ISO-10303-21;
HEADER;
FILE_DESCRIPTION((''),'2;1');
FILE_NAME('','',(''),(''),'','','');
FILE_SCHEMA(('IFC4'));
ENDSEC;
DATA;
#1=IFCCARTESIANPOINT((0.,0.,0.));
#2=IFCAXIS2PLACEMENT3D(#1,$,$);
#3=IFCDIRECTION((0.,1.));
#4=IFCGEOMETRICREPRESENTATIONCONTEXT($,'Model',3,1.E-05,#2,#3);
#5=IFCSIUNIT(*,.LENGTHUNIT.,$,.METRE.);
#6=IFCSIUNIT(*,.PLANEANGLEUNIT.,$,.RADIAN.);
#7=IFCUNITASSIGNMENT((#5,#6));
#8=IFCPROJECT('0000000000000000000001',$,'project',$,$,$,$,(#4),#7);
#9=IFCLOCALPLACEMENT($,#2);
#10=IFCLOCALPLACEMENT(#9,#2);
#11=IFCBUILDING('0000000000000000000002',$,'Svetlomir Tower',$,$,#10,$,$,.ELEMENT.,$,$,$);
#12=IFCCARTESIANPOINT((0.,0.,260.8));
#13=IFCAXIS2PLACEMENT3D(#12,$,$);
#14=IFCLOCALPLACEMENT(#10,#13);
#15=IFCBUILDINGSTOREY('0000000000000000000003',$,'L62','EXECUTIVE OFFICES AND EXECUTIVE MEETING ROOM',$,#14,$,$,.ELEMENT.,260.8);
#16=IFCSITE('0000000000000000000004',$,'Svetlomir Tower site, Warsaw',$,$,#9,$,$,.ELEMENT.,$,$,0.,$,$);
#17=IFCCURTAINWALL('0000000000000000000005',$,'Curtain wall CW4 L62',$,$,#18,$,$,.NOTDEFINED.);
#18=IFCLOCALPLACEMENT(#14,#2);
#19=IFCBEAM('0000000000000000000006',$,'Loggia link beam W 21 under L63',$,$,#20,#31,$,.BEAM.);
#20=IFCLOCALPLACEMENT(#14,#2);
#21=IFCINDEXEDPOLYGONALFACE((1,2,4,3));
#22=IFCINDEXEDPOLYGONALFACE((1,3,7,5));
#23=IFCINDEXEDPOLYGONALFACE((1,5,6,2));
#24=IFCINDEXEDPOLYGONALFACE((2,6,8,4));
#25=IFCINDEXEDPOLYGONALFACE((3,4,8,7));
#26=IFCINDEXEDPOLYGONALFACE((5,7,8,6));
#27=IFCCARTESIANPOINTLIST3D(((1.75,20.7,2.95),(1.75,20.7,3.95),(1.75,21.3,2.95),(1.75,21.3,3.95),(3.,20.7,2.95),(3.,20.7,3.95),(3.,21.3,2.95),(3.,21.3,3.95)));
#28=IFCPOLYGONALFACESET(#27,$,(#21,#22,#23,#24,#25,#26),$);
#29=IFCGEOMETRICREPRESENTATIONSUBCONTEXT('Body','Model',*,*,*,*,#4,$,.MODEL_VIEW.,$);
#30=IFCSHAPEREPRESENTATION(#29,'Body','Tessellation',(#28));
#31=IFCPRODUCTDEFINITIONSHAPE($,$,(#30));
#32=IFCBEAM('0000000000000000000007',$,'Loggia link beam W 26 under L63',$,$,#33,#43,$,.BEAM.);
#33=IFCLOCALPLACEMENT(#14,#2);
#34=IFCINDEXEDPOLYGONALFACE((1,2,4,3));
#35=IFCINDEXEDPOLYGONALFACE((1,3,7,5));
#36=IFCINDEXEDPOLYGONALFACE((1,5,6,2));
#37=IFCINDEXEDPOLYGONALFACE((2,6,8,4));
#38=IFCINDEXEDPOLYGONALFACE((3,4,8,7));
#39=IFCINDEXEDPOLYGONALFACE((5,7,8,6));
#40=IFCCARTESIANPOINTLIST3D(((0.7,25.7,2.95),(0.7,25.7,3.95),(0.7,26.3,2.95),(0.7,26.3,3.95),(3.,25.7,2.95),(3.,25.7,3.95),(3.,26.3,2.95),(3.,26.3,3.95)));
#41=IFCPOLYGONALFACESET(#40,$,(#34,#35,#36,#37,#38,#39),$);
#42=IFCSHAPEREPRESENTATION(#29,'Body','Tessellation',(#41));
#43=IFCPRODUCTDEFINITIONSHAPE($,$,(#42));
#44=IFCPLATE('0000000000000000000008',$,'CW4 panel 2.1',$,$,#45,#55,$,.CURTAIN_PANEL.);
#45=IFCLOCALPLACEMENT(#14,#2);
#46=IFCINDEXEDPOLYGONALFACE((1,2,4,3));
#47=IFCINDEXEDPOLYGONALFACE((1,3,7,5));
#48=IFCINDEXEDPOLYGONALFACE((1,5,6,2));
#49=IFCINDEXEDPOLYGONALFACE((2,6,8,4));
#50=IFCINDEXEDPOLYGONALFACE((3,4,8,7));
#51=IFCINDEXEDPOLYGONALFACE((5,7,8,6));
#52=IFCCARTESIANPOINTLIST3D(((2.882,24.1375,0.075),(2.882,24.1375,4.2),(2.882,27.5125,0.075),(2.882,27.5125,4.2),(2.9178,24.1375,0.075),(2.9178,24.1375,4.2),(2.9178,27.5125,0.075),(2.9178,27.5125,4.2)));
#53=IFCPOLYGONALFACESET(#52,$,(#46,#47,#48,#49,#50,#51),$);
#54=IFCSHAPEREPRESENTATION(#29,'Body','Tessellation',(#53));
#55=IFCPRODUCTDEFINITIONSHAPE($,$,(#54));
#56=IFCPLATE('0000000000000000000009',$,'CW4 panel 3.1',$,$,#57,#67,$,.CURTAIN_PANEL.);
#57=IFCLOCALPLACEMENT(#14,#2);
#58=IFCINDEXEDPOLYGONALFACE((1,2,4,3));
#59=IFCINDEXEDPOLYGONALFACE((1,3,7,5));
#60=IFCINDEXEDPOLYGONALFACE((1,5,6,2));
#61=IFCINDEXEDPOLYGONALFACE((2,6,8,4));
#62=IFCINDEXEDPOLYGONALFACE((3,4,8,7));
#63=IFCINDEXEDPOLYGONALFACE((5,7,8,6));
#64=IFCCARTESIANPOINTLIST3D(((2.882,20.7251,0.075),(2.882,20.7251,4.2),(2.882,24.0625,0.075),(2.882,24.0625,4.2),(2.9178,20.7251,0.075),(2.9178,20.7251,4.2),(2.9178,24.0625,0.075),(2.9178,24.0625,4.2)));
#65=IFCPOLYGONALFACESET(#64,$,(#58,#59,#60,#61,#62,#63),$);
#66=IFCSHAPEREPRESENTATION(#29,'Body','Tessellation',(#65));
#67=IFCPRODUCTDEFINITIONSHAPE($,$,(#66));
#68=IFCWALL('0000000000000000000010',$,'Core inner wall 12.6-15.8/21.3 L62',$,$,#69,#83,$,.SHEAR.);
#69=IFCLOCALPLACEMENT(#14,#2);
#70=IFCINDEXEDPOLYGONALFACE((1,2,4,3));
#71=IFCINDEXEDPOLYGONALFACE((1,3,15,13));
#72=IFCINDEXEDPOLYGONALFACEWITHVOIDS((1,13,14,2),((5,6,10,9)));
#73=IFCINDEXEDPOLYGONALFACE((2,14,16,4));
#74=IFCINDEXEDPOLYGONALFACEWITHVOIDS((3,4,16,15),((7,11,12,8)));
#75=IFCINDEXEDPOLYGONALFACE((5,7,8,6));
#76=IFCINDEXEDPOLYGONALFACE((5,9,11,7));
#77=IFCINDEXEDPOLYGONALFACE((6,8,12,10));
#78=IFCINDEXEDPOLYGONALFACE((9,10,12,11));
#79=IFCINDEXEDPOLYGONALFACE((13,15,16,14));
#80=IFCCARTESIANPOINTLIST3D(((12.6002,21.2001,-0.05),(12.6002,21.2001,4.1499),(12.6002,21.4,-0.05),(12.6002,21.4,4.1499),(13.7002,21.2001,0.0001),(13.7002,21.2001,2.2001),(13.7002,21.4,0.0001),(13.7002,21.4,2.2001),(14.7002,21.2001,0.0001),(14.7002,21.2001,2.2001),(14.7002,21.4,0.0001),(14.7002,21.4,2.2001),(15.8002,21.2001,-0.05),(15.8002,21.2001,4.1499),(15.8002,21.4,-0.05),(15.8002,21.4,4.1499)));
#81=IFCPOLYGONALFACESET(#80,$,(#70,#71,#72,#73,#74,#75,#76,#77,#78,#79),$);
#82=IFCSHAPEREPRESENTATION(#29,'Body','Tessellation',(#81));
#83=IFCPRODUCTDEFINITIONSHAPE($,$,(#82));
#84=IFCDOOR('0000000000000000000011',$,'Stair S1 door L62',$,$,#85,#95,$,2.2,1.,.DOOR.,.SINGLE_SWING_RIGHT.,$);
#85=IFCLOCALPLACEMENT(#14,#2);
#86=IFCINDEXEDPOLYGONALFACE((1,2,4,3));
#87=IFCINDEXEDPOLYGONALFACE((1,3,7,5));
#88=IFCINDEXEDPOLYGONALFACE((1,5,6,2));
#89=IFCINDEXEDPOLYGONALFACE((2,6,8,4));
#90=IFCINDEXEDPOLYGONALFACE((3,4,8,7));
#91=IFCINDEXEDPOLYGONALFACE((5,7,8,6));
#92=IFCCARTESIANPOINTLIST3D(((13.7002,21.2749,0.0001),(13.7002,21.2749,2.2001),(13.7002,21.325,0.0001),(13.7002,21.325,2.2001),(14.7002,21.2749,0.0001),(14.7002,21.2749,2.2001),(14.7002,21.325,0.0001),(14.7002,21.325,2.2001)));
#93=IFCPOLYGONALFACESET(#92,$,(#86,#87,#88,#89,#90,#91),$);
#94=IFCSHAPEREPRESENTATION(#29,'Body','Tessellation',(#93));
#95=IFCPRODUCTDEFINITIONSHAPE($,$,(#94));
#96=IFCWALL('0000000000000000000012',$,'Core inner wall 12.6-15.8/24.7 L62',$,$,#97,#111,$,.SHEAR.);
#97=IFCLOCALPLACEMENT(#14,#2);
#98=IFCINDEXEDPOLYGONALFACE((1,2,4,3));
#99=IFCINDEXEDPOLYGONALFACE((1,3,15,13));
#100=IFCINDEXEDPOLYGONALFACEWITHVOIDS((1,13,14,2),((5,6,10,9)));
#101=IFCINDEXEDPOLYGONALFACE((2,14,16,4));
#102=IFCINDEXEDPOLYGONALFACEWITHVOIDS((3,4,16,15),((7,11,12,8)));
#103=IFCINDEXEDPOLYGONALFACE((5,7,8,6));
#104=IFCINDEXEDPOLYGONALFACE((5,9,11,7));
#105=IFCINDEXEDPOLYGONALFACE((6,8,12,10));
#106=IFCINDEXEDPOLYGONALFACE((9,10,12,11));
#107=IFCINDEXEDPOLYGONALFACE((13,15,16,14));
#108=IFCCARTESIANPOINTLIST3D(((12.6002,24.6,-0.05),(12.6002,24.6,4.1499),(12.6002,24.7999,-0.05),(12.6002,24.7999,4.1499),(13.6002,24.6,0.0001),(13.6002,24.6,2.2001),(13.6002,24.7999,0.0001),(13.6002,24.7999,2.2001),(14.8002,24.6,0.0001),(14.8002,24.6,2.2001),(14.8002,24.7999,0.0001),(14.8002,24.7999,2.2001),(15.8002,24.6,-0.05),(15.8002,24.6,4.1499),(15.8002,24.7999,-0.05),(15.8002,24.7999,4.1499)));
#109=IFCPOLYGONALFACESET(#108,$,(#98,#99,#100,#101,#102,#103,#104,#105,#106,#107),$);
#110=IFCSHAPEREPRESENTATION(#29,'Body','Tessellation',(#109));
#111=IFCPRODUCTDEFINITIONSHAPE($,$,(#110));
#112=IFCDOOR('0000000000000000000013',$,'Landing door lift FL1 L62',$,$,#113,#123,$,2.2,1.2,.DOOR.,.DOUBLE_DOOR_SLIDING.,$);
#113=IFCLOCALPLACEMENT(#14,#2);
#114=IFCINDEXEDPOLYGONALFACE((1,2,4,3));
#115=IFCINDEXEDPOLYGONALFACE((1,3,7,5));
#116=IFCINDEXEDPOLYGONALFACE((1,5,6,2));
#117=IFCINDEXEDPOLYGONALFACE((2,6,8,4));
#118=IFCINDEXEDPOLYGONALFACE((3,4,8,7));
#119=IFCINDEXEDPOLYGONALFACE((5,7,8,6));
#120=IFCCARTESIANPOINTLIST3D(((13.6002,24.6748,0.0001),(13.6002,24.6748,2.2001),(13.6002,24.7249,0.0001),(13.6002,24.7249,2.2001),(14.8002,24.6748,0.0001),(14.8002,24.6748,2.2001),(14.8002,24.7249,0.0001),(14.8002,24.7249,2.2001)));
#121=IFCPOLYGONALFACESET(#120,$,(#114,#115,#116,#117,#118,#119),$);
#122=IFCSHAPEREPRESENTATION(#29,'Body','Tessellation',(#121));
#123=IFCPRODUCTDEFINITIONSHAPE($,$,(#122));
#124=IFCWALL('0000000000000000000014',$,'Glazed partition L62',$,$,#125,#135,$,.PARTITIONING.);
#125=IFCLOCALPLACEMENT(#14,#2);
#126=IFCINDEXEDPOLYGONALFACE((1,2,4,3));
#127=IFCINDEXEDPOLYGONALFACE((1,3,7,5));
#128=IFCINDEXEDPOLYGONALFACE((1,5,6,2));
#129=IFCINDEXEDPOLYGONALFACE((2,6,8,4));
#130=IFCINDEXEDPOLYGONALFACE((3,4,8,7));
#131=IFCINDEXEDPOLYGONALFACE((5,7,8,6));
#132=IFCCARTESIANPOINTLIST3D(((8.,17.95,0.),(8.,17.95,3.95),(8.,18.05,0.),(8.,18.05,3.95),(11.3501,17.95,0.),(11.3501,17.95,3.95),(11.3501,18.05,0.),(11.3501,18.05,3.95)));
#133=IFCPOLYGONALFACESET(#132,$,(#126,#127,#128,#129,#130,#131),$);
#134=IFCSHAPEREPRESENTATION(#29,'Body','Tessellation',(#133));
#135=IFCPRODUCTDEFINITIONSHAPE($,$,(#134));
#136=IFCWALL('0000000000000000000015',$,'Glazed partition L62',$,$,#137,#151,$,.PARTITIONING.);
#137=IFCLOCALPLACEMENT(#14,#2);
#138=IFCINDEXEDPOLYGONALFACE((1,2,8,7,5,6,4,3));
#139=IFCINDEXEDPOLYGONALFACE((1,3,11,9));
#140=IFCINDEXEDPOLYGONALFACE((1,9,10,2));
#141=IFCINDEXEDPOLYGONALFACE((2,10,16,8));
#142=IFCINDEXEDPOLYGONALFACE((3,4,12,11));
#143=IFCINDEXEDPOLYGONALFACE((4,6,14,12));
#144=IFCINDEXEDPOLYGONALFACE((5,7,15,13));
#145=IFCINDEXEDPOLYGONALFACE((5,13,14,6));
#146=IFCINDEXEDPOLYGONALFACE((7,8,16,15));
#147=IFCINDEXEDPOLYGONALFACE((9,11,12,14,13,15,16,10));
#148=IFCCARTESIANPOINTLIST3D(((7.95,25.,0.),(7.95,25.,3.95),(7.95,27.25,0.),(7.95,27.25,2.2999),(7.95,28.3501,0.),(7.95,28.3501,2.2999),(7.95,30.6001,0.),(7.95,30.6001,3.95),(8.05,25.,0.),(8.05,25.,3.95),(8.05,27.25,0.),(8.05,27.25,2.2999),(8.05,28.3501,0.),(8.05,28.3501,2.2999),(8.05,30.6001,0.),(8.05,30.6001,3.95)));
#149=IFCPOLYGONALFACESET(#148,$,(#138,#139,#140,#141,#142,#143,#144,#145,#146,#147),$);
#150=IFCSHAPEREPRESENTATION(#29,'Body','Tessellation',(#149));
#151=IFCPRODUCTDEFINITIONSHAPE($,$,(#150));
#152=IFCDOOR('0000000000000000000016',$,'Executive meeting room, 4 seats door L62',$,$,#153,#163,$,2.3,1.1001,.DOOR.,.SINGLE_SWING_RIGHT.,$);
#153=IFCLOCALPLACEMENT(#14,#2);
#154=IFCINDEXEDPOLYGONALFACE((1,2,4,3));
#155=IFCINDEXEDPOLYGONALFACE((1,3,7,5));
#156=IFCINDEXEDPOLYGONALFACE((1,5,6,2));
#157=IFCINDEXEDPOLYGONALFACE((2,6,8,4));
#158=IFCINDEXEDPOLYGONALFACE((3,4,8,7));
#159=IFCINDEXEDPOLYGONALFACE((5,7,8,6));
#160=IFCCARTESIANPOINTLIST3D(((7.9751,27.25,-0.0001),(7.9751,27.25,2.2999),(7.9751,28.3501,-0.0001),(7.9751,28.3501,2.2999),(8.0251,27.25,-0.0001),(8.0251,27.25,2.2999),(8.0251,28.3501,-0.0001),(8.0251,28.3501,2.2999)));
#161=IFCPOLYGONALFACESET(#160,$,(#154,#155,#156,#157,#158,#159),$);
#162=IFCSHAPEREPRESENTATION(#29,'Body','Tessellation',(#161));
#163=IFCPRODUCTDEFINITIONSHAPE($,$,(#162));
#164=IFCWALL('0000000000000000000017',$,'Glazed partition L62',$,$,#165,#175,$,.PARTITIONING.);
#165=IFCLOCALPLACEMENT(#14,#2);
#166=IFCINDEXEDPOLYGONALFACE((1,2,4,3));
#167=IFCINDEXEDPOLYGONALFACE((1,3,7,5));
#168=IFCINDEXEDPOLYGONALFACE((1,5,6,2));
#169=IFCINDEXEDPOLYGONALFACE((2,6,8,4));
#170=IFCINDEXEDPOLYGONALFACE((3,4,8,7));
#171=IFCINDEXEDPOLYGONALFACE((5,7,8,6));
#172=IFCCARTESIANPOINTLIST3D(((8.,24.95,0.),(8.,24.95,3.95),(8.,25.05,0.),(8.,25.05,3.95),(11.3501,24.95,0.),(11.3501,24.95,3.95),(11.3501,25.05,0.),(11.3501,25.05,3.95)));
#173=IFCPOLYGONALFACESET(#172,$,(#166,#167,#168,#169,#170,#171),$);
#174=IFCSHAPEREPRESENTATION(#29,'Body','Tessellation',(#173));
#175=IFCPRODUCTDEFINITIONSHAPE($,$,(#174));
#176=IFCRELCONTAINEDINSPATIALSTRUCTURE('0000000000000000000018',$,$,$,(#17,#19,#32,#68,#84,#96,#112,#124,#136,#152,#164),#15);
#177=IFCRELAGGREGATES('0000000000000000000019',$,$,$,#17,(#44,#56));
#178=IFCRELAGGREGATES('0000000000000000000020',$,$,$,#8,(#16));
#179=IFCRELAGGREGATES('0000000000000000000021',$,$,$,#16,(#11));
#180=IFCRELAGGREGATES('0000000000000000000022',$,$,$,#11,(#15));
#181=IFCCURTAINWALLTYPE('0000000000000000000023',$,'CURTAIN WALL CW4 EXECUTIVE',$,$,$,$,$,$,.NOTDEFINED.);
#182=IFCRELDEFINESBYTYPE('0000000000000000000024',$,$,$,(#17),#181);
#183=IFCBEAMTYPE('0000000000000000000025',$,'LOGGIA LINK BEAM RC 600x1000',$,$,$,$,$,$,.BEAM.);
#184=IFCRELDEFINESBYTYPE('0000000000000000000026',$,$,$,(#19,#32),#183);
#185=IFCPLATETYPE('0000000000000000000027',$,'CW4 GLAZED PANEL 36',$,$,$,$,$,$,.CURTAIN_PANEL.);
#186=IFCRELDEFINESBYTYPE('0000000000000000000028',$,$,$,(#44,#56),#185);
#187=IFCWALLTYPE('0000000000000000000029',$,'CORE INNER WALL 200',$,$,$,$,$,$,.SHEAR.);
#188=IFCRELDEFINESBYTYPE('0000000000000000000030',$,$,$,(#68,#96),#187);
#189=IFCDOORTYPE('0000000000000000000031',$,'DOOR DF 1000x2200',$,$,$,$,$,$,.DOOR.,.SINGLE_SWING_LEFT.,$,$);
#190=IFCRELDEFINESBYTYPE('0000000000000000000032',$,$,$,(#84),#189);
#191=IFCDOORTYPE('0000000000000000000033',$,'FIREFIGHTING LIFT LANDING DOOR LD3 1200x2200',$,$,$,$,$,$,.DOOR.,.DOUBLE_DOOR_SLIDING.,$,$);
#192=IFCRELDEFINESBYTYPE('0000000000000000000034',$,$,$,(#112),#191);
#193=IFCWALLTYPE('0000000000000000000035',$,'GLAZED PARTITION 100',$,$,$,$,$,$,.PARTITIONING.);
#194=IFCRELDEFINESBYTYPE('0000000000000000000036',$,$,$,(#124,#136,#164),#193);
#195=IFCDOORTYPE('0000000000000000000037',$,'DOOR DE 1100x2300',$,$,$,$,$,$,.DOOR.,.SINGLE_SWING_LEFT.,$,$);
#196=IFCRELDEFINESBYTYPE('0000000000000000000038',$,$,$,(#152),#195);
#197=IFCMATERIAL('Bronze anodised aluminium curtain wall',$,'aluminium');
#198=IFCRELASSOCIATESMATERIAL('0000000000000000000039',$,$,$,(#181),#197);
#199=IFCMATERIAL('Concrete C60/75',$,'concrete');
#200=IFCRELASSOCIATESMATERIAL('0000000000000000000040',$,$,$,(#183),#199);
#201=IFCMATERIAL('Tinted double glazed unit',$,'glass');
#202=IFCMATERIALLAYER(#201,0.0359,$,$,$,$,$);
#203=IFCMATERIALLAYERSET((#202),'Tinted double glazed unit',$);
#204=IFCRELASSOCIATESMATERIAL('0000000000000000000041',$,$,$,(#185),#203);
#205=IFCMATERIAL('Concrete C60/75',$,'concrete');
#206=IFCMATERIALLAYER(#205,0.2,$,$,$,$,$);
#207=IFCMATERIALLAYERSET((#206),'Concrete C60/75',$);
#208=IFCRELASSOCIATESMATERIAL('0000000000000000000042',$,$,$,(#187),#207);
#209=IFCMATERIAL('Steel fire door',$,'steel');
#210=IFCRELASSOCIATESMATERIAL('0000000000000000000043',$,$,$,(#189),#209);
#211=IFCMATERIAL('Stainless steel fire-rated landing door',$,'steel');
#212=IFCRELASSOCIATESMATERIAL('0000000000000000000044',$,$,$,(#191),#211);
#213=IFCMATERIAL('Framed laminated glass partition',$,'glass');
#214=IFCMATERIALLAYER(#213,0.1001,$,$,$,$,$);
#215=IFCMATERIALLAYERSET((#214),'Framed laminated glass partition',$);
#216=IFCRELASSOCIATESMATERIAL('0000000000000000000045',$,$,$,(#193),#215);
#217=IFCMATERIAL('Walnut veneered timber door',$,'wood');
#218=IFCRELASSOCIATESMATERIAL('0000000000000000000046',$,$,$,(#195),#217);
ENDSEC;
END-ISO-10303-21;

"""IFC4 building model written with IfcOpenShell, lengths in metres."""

from ifc_helpers import new_model, si_unit, direction, frame, frame_2d, origin, origin_2d, place, context, subcontext, project, spatial, rectangle, extrude, material, layer, layer_set, material_profile, profile_set, type_object, element, fill, aggregate, save


model = new_model("IFC4")

# Units and contexts
model_context = context("Model", 3, precision=1e-05, world=origin(), true_north=direction((0.0, 1.0)))
body_context = subcontext(model_context, "Body", "Model", "MODEL_VIEW")
ifc_project = project(units=[si_unit("LENGTHUNIT", "METRE"), si_unit("PLANEANGLEUNIT", "RADIAN")], contexts=[model_context])

# Site, building, storey
site_placement = place(None, origin())
site = spatial("IfcSite", under=ifc_project, at=site_placement, Name="Svetlomir Tower site, Warsaw", CompositionType="ELEMENT", RefElevation=0.0)
building_placement = place(site_placement, origin())
building = spatial("IfcBuilding", under=site, at=building_placement, Name="Svetlomir Tower", CompositionType="ELEMENT")
storey_placement = place(building_placement, frame((0.0, 0.0, 260.8)))
storey = spatial("IfcBuildingStorey", under=building, at=storey_placement, Name="L62", Description="EXECUTIVE OFFICES AND EXECUTIVE MEETING ROOM", CompositionType="ELEMENT", Elevation=260.8)

# Curtain wall
ifc_material_1 = material(Name="Bronze anodised aluminium curtain wall", Category="aluminium")
curtain_wall_type = type_object("IfcCurtainWallType", Name="CURTAIN WALL CW4 EXECUTIVE", PredefinedType="NOTDEFINED", material=ifc_material_1)
curtain_wall_1_placement = place(storey_placement, origin())
curtain_wall_1 = element("IfcCurtainWall", 1, at=curtain_wall_1_placement, inside=storey, type_object=curtain_wall_type, Name="Curtain wall CW4 L62", PredefinedType="NOTDEFINED")

# Beams
ifc_material_2 = material(Name="Concrete C60/75", Category="concrete")
ifc_material_profile_1 = material_profile(ifc_material_2, rectangle(XDim=0.6001, YDim=1.0, at=origin_2d()), Name="RC 600x1000")
ifc_profile_set_1 = profile_set([ifc_material_profile_1], Name="Concrete C60/75")
beam_type_1 = type_object("IfcBeamType", Name="LOGGIA LINK BEAM RC 600x1000", PredefinedType="BEAM", material=ifc_profile_set_1)
beam_1_placement = place(storey_placement, frame((1.75, 21.0, 3.45), z_axis=(1.0, 0.0, 0.0), x_axis=(0.0, 1.0, 0.0)))
element("IfcBeam", 2, at=beam_1_placement, inside=storey, type_object=beam_type_1, Name="Loggia link beam W 21 under L63", PredefinedType="BEAM", context=body_context, shape_type="SweptSolid", body=[
    extrude(rectangle(XDim=0.6001, YDim=1.0, at=origin_2d()), origin(), (0.0, 0.0, 1.0), 1.25),
])
beam_2_placement = place(storey_placement, frame((0.7, 26.0, 3.45), z_axis=(1.0, 0.0, 0.0), x_axis=(0.0, 1.0, 0.0)))
element("IfcBeam", 3, at=beam_2_placement, inside=storey, type_object=beam_type_1, Name="Loggia link beam W 26 under L63", PredefinedType="BEAM", context=body_context, shape_type="SweptSolid", body=[
    extrude(rectangle(XDim=0.6001, YDim=1.0, at=origin_2d()), origin(), (0.0, 0.0, 1.0), 2.3),
])

# Plates
ifc_material_3 = material(Name="Tinted double glazed unit", Category="glass")
ifc_layer_1 = layer(ifc_material_3, 0.0359)
ifc_layer_set_1 = layer_set([ifc_layer_1], Name="Tinted double glazed unit")
plate_type = type_object("IfcPlateType", Name="CW4 GLAZED PANEL 36", PredefinedType="CURTAIN_PANEL", material=ifc_layer_set_1)
plate_1_placement = place(storey_placement, frame((2.8999, 25.825, 0.075), z_axis=(0.0, 0.0, 1.0), x_axis=(0.0, -1.0, 0.0)))
plate_1 = element("IfcPlate", 4, at=plate_1_placement, type_object=plate_type, Name="CW4 panel 2.1", PredefinedType="CURTAIN_PANEL", context=body_context, shape_type="SweptSolid", body=[
    extrude(rectangle(XDim=3.375, YDim=0.0359, at=origin_2d()), origin(), (0.0, 0.0, 1.0), 4.125),
])
plate_2_placement = place(storey_placement, frame((2.8999, 22.3938, 0.075), z_axis=(0.0, 0.0, 1.0), x_axis=(0.0, -1.0, 0.0)))
plate_2 = element("IfcPlate", 5, at=plate_2_placement, type_object=plate_type, Name="CW4 panel 3.1", PredefinedType="CURTAIN_PANEL", context=body_context, shape_type="SweptSolid", body=[
    extrude(rectangle(XDim=3.3374, YDim=0.0359, at=origin_2d()), origin(), (0.0, 0.0, 1.0), 4.125),
])
aggregate(curtain_wall_1, [plate_1, plate_2])

# Walls, openings, doors
ifc_material_4 = material(Name="Concrete C60/75", Category="concrete")
ifc_layer_2 = layer(ifc_material_4, 0.2)
ifc_layer_set_2 = layer_set([ifc_layer_2], Name="Concrete C60/75")
wall_type_1 = type_object("IfcWallType", Name="CORE INNER WALL 200", PredefinedType="SHEAR", material=ifc_layer_set_2)
wall_1_placement = place(storey_placement, frame((12.6001, 21.3, -0.05), z_axis=(0.0, 0.0, 1.0), x_axis=(1.0, 0.0, 0.0)))
wall_1 = element("IfcWall", 6, at=wall_1_placement, inside=storey, type_object=wall_type_1, Name="Core inner wall 12.6-15.8/21.3 L62", PredefinedType="SHEAR", context=body_context, shape_type="SweptSolid", body=[
    extrude(rectangle(XDim=3.2, YDim=0.2, at=frame_2d((1.6001, 0.0))), origin(), (0.0, 0.0, 1.0), 4.2),
])
opening_1_placement = place(wall_1_placement, frame((1.1001, 0.0, 0.05)))
opening_1 = element("IfcOpeningElement", 7, at=opening_1_placement, cuts=wall_1, PredefinedType="OPENING", context=body_context, shape_type="SweptSolid", body=[
    extrude(rectangle(XDim=1.0, YDim=2.2, at=frame_2d((0.5, 1.1001))), frame((0.0, 0.1099, 0.0), z_axis=(0.0, -1.0, 0.0), x_axis=(1.0, 0.0, 0.0)), (0.0, 0.0, 1.0), 0.22),
])
ifc_material_5 = material(Name="Steel fire door", Category="steel")
door_type_1 = type_object("IfcDoorType", Name="DOOR DF 1000x2200", OperationType="SINGLE_SWING_LEFT", PredefinedType="DOOR", material=ifc_material_5)
door_1_placement = place(opening_1_placement, origin())
door_1 = element("IfcDoor", 8, at=door_1_placement, inside=storey, type_object=door_type_1, Name="Stair S1 door L62", OperationType="SINGLE_SWING_RIGHT", OverallHeight=2.2, OverallWidth=1.0, PredefinedType="DOOR", context=body_context, shape_type="SweptSolid", body=[
    extrude(rectangle(XDim=1.0, YDim=2.2, at=frame_2d((0.5, 1.1001))), frame((0.0, 0.0249, 0.0), z_axis=(0.0, -1.0, 0.0), x_axis=(1.0, 0.0, 0.0)), (0.0, 0.0, 1.0), 0.05),
])
fill(opening_1, door_1)
wall_2_placement = place(storey_placement, frame((12.6001, 24.7, -0.05), z_axis=(0.0, 0.0, 1.0), x_axis=(1.0, 0.0, 0.0)))
wall_2 = element("IfcWall", 9, at=wall_2_placement, inside=storey, type_object=wall_type_1, Name="Core inner wall 12.6-15.8/24.7 L62", PredefinedType="SHEAR", context=body_context, shape_type="SweptSolid", body=[
    extrude(rectangle(XDim=3.2, YDim=0.2, at=frame_2d((1.6001, 0.0))), origin(), (0.0, 0.0, 1.0), 4.2),
])
opening_2_placement = place(wall_2_placement, frame((1.0, 0.0, 0.05)))
opening_2 = element("IfcOpeningElement", 10, at=opening_2_placement, cuts=wall_2, PredefinedType="OPENING", context=body_context, shape_type="SweptSolid", body=[
    extrude(rectangle(XDim=1.2, YDim=2.2, at=frame_2d((0.6001, 1.1001))), frame((0.0, 0.1099, 0.0), z_axis=(0.0, -1.0, 0.0), x_axis=(1.0, 0.0, 0.0)), (0.0, 0.0, 1.0), 0.22),
])
ifc_material_6 = material(Name="Stainless steel fire-rated landing door", Category="steel")
door_type_2 = type_object("IfcDoorType", Name="FIREFIGHTING LIFT LANDING DOOR LD3 1200x2200", OperationType="DOUBLE_DOOR_SLIDING", PredefinedType="DOOR", material=ifc_material_6)
door_2_placement = place(opening_2_placement, origin())
door_2 = element("IfcDoor", 11, at=door_2_placement, inside=storey, type_object=door_type_2, Name="Landing door lift FL1 L62", OperationType="DOUBLE_DOOR_SLIDING", OverallHeight=2.2, OverallWidth=1.2, PredefinedType="DOOR", context=body_context, shape_type="SweptSolid", body=[
    extrude(rectangle(XDim=1.2, YDim=2.2, at=frame_2d((0.6001, 1.1001))), frame((0.0, 0.0249, 0.0), z_axis=(0.0, -1.0, 0.0), x_axis=(1.0, 0.0, 0.0)), (0.0, 0.0, 1.0), 0.05),
])
fill(opening_2, door_2)

# Wall
ifc_material_7 = material(Name="Framed laminated glass partition", Category="glass")
ifc_layer_3 = layer(ifc_material_7, 0.1001)
ifc_layer_set_3 = layer_set([ifc_layer_3], Name="Framed laminated glass partition")
wall_type_2 = type_object("IfcWallType", Name="GLAZED PARTITION 100", PredefinedType="PARTITIONING", material=ifc_layer_set_3)
wall_3_placement = place(storey_placement, frame((8.0, 18.0, 0.0), z_axis=(0.0, 0.0, 1.0), x_axis=(1.0, 0.0, 0.0)))
element("IfcWall", 12, at=wall_3_placement, inside=storey, type_object=wall_type_2, Name="Glazed partition L62", PredefinedType="PARTITIONING", context=body_context, shape_type="SweptSolid", body=[
    extrude(rectangle(XDim=3.3501, YDim=0.1001, at=frame_2d((1.675, 0.0))), origin(), (0.0, 0.0, 1.0), 3.95),
])

# Wall, opening, door
wall_4_placement = place(storey_placement, frame((8.0, 25.0, 0.0), z_axis=(0.0, 0.0, 1.0), x_axis=(0.0, 1.0, 0.0)))
wall_4 = element("IfcWall", 13, at=wall_4_placement, inside=storey, type_object=wall_type_2, Name="Glazed partition L62", PredefinedType="PARTITIONING", context=body_context, shape_type="SweptSolid", body=[
    extrude(rectangle(XDim=5.6001, YDim=0.1001, at=frame_2d((2.8, 0.0))), origin(), (0.0, 0.0, 1.0), 3.95),
])
opening_3_placement = place(wall_4_placement, frame((2.25, 0.0, 0.0)))
opening_3 = element("IfcOpeningElement", 14, at=opening_3_placement, cuts=wall_4, PredefinedType="OPENING", context=body_context, shape_type="SweptSolid", body=[
    extrude(rectangle(XDim=1.1001, YDim=2.3, at=frame_2d((0.55, 1.1499))), frame((0.0, 0.0601, 0.0), z_axis=(0.0, -1.0, 0.0), x_axis=(1.0, 0.0, 0.0)), (0.0, 0.0, 1.0), 0.1201),
])
ifc_material_8 = material(Name="Walnut veneered timber door", Category="wood")
door_type_3 = type_object("IfcDoorType", Name="DOOR DE 1100x2300", OperationType="SINGLE_SWING_LEFT", PredefinedType="DOOR", material=ifc_material_8)
door_3_placement = place(opening_3_placement, origin())
door_3 = element("IfcDoor", 15, at=door_3_placement, inside=storey, type_object=door_type_3, Name="Executive meeting room, 4 seats door L62", OperationType="SINGLE_SWING_RIGHT", OverallHeight=2.3, OverallWidth=1.1001, PredefinedType="DOOR", context=body_context, shape_type="SweptSolid", body=[
    extrude(rectangle(XDim=1.1001, YDim=2.3, at=frame_2d((0.55, 1.1499))), frame((0.0, 0.0249, 0.0), z_axis=(0.0, -1.0, 0.0), x_axis=(1.0, 0.0, 0.0)), (0.0, 0.0, 1.0), 0.05),
])
fill(opening_3, door_3)

# Wall
wall_5_placement = place(storey_placement, frame((8.0, 25.0, 0.0), z_axis=(0.0, 0.0, 1.0), x_axis=(1.0, 0.0, 0.0)))
element("IfcWall", 16, at=wall_5_placement, inside=storey, type_object=wall_type_2, Name="Glazed partition L62", PredefinedType="PARTITIONING", context=body_context, shape_type="SweptSolid", body=[
    extrude(rectangle(XDim=3.3501, YDim=0.1001, at=frame_2d((1.675, 0.0))), origin(), (0.0, 0.0, 1.0), 3.95),
])

save(model, "model.ifc")
